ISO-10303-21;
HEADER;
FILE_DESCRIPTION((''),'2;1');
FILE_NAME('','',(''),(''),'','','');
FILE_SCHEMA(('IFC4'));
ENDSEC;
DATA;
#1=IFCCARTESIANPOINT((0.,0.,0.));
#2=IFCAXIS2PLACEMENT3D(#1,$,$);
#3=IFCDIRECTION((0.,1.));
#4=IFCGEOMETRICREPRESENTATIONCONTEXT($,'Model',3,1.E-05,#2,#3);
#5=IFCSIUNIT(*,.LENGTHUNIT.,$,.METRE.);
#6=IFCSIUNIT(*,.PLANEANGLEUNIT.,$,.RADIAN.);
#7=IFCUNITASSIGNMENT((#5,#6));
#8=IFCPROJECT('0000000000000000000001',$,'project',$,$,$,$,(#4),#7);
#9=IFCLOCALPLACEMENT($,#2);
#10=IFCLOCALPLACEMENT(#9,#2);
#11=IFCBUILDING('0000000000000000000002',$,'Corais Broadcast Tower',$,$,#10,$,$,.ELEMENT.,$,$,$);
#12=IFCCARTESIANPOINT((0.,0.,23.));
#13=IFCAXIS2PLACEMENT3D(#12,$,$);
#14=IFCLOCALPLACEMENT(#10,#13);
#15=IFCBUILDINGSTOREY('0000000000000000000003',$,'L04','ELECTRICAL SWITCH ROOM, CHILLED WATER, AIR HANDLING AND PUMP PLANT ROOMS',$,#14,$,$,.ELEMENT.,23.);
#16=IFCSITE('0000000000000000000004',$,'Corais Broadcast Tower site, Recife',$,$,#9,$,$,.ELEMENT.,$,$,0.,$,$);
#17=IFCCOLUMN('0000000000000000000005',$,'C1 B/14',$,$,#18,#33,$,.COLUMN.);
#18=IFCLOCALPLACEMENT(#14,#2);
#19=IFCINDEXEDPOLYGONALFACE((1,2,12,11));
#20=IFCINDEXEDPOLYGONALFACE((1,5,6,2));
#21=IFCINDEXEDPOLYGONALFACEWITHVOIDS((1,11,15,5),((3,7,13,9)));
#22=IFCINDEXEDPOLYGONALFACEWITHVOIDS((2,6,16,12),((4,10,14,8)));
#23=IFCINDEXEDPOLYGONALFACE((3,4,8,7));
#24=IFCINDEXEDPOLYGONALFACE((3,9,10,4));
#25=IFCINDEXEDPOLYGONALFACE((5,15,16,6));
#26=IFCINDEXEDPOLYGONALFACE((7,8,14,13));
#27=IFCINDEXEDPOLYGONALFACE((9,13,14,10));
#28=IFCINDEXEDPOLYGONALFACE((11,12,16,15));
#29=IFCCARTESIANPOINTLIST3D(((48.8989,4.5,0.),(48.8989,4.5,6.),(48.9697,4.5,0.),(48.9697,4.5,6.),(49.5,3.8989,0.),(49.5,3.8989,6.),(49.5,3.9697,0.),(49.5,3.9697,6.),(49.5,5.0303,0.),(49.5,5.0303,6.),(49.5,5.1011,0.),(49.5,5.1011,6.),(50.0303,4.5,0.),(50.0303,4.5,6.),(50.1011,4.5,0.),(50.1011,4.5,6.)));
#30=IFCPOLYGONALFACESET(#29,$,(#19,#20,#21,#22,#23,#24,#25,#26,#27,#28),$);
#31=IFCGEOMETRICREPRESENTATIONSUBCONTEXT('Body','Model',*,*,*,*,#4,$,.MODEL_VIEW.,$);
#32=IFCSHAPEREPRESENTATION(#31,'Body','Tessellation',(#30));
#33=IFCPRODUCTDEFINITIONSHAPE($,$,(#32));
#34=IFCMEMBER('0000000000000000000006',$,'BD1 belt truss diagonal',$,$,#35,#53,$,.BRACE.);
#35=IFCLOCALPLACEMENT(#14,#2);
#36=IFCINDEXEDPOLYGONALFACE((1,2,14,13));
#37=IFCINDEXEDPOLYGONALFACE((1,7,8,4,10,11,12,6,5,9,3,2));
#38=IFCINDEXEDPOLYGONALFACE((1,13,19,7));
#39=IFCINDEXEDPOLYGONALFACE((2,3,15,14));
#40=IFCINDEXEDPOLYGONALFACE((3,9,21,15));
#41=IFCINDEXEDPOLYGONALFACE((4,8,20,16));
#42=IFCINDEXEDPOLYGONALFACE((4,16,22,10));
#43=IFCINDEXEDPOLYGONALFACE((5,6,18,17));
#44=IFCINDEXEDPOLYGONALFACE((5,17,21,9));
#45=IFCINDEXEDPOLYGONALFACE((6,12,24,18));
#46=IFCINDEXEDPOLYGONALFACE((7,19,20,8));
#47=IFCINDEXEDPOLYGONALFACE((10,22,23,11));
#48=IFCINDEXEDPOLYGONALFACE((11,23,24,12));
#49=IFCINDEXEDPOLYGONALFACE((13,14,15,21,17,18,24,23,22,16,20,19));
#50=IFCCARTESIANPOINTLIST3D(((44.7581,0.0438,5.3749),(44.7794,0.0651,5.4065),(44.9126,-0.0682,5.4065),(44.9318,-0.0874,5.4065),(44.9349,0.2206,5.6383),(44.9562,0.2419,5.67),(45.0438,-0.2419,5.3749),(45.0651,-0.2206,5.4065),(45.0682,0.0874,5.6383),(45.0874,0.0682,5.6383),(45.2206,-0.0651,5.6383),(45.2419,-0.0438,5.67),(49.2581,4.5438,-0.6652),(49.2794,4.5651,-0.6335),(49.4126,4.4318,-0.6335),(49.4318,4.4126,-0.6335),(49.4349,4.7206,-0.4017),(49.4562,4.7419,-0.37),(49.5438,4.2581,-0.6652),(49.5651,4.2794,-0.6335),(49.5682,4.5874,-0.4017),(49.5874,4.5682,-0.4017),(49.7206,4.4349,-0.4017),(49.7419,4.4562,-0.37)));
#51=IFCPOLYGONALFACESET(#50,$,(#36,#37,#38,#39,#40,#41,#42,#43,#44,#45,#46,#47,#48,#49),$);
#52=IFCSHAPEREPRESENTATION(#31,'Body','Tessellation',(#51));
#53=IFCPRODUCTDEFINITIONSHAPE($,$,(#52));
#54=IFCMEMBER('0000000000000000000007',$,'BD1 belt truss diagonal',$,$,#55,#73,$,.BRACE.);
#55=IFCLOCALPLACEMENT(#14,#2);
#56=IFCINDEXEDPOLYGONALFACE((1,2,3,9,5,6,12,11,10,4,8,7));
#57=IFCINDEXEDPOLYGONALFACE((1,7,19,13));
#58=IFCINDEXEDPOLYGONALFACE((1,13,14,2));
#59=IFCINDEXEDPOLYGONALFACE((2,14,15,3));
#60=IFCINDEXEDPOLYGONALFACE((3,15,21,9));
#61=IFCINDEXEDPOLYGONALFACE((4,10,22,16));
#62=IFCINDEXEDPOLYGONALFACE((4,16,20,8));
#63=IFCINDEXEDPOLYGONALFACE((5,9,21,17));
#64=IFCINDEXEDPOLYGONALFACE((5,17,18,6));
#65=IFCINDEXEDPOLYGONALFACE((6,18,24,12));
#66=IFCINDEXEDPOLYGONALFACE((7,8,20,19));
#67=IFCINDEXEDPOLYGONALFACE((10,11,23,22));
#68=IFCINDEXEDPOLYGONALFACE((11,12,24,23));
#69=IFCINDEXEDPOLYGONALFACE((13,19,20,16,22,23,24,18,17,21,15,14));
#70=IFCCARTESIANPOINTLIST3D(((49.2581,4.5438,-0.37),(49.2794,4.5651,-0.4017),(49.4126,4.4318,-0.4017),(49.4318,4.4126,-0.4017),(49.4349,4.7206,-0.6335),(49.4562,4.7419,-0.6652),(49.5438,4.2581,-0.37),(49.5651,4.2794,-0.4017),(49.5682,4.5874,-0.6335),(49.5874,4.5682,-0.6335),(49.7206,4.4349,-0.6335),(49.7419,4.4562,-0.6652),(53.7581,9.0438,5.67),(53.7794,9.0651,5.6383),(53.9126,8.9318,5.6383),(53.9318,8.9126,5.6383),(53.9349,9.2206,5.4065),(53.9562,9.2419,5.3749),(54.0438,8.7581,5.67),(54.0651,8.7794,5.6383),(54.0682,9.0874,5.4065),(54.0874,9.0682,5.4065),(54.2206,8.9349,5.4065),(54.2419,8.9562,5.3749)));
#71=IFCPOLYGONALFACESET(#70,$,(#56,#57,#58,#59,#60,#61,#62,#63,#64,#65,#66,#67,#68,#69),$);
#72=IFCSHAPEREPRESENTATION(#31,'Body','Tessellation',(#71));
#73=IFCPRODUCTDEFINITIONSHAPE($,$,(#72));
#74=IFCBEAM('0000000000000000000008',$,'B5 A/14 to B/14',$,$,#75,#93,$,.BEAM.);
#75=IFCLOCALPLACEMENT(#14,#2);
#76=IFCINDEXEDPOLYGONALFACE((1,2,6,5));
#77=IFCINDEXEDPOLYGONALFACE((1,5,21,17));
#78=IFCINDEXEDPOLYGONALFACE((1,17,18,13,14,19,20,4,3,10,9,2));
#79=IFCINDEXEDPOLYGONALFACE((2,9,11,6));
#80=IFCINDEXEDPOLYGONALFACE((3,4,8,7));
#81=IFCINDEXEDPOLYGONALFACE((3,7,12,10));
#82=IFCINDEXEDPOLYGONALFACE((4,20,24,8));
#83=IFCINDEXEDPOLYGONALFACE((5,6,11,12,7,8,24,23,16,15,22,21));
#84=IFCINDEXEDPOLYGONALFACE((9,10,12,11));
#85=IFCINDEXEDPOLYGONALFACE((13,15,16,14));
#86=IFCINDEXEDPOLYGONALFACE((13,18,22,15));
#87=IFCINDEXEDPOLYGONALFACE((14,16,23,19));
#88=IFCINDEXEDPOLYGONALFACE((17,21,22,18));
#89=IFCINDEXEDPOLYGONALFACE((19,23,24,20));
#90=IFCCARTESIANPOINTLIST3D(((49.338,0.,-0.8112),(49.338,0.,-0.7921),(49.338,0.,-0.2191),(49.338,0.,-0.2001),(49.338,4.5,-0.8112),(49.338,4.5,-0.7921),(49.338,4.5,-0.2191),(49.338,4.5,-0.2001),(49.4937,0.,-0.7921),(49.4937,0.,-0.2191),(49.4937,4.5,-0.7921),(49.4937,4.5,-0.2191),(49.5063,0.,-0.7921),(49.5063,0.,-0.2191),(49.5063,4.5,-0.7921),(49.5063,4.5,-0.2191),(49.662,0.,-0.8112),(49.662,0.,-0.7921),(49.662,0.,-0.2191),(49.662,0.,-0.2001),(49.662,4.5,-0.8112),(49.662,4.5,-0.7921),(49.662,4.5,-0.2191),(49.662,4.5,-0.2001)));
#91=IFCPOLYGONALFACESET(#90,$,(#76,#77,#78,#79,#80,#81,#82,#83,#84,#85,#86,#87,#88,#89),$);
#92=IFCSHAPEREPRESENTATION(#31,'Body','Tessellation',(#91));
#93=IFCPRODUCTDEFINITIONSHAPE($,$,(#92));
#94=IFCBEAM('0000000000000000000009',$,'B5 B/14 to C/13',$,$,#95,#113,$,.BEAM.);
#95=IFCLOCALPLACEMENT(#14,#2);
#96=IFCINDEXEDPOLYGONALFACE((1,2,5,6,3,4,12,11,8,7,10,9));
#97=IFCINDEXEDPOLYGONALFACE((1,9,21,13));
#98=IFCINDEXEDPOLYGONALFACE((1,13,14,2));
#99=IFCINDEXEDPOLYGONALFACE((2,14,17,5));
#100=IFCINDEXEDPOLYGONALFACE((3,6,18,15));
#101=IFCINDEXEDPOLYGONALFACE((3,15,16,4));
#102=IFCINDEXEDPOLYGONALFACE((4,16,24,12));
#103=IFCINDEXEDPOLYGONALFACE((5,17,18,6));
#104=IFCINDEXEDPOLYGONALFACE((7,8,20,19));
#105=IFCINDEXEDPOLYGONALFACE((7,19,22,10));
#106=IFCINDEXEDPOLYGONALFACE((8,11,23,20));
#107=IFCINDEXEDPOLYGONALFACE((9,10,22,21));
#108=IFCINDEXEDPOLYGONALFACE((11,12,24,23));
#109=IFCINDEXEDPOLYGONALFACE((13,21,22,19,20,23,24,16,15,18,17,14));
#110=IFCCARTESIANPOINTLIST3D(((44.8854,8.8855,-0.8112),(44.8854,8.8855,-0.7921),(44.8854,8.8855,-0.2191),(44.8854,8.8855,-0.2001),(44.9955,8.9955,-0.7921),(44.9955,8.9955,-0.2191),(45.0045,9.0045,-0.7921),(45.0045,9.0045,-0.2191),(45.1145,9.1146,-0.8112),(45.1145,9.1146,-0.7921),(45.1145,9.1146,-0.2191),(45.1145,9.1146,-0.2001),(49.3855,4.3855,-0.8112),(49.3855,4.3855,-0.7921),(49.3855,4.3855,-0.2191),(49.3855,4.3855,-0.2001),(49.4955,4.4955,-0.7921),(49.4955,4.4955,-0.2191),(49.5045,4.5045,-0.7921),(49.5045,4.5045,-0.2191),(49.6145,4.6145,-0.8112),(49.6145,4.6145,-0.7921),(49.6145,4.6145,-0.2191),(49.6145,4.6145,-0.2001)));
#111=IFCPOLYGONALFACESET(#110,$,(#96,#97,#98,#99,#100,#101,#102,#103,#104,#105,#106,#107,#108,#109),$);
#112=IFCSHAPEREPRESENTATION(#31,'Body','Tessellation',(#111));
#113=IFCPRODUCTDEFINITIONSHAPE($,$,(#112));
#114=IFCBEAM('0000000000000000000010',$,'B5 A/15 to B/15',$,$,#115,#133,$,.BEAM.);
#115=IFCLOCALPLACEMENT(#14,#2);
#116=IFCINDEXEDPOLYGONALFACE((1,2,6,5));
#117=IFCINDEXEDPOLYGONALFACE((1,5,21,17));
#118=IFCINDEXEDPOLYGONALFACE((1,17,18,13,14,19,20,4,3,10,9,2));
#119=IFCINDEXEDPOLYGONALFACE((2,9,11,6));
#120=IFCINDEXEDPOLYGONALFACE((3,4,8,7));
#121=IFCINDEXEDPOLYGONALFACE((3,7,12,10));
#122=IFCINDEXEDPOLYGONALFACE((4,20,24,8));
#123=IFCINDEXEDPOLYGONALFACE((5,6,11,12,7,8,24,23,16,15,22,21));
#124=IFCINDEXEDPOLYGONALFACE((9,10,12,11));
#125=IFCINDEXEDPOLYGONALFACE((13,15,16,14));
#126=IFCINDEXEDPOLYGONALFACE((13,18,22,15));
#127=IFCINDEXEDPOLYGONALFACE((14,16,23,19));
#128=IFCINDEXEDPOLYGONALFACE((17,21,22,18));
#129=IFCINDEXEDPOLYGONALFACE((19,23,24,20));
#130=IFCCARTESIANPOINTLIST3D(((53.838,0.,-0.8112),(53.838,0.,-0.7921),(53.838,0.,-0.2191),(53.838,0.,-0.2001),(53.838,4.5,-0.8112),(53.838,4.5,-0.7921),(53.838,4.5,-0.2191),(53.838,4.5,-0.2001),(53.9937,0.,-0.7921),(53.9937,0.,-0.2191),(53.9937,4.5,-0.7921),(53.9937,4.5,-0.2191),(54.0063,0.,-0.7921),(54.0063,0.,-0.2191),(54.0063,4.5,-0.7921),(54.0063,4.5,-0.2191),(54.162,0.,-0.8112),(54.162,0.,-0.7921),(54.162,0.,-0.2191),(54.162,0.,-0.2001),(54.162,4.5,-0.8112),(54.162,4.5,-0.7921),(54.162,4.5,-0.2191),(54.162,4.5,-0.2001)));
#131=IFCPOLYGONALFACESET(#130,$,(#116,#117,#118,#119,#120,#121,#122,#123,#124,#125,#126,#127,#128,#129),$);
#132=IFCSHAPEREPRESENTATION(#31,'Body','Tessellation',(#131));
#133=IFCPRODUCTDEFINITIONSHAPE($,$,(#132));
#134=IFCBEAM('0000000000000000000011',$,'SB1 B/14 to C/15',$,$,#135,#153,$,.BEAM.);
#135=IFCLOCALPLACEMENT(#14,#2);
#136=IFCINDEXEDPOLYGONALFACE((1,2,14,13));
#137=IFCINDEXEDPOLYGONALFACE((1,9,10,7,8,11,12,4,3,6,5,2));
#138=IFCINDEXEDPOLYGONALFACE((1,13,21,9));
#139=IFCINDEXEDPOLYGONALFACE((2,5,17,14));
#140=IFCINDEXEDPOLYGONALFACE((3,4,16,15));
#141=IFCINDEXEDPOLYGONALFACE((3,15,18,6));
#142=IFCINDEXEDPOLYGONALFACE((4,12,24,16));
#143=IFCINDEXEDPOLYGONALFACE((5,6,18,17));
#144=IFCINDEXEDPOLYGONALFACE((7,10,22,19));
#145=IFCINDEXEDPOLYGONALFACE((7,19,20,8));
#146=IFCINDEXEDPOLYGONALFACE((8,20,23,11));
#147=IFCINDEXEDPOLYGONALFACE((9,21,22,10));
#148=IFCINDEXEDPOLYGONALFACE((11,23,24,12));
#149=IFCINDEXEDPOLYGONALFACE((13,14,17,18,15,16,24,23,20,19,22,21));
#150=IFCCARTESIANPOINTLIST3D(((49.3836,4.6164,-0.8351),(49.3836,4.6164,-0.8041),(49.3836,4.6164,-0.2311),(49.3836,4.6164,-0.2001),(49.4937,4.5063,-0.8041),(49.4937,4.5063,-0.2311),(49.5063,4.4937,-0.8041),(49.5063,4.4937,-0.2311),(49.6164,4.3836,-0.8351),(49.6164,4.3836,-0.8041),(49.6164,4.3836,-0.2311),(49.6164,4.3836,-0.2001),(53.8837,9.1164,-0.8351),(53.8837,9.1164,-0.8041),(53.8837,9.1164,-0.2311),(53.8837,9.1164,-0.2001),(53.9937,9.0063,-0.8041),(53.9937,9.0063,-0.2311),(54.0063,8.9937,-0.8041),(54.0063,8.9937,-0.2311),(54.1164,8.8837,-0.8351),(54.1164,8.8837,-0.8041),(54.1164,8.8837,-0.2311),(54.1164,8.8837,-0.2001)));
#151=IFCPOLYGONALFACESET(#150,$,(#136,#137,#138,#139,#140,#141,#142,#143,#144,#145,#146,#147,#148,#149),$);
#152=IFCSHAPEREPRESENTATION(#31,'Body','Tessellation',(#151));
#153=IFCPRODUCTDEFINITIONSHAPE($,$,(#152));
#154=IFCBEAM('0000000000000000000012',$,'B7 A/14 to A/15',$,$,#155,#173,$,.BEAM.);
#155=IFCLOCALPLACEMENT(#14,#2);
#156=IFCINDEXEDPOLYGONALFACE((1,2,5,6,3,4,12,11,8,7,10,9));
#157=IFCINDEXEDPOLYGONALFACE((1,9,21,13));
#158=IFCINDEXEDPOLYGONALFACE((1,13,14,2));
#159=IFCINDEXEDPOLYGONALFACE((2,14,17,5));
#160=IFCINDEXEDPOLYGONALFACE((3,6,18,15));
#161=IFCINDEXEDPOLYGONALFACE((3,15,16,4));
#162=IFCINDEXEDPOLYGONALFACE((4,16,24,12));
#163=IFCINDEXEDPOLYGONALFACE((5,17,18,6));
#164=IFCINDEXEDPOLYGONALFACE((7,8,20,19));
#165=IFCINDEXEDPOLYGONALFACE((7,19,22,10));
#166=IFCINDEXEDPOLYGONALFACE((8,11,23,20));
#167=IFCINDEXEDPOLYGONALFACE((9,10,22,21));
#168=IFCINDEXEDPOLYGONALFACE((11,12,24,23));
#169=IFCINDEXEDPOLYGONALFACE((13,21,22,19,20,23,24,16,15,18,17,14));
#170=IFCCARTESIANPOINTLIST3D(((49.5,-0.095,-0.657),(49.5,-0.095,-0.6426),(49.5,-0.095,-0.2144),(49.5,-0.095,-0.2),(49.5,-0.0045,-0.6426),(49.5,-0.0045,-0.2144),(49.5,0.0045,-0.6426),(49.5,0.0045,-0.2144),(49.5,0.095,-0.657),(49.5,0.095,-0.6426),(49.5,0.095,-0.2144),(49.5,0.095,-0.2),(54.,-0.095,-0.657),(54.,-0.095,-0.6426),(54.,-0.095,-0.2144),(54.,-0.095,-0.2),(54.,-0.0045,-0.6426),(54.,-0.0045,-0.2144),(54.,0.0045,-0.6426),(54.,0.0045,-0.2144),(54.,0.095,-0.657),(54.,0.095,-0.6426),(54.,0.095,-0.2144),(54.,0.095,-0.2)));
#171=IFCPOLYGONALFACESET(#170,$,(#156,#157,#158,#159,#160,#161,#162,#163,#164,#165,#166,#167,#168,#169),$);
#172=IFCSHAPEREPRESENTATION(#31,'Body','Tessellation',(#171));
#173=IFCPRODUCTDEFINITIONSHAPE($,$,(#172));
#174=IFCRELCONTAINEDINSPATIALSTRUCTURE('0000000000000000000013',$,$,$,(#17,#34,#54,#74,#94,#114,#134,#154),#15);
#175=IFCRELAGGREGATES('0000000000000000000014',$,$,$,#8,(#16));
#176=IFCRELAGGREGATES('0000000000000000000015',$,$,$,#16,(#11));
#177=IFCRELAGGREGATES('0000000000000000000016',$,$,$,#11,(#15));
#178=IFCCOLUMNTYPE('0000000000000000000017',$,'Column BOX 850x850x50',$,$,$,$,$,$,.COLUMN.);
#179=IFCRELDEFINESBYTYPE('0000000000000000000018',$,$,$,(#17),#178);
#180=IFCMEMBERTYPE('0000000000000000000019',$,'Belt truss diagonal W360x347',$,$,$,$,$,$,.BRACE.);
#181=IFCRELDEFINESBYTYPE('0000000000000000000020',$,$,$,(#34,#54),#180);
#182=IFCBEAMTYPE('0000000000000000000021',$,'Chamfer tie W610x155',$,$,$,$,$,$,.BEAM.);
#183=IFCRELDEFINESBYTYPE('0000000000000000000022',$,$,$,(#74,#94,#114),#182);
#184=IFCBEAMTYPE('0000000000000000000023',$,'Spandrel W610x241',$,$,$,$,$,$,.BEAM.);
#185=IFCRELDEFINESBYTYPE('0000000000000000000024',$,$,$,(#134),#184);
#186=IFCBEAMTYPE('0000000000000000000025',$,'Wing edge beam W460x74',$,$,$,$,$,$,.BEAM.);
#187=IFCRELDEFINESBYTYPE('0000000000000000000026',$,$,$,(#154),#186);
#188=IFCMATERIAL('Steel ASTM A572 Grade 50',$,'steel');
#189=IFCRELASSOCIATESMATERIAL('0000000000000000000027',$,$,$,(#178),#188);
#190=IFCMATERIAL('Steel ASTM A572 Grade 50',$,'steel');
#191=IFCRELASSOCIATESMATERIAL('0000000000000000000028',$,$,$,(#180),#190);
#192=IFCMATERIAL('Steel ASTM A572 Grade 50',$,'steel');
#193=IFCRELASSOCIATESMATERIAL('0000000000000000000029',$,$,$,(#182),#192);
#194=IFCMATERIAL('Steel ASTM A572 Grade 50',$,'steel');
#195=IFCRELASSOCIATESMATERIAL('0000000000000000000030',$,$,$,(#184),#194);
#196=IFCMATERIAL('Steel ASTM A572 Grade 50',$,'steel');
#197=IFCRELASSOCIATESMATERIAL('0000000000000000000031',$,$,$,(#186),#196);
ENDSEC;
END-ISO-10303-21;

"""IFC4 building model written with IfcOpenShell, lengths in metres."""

from ifc_helpers import new_model, si_unit, direction, frame, origin, origin_2d, place, context, subcontext, project, spatial, hollow_rectangle, i_section, extrude, material, material_profile, profile_set, type_object, element, save


model = new_model("IFC4")

# Units and contexts
model_context = context("Model", 3, precision=1e-05, world=origin(), true_north=direction((0.0, 1.0)))
body_context = subcontext(model_context, "Body", "Model", "MODEL_VIEW")
ifc_project = project(units=[si_unit("LENGTHUNIT", "METRE"), si_unit("PLANEANGLEUNIT", "RADIAN")], contexts=[model_context])

# Site, building, storey
site_placement = place(None, origin())
site = spatial("IfcSite", under=ifc_project, at=site_placement, Name="Corais Broadcast Tower site, Recife", CompositionType="ELEMENT", RefElevation=0.0)
building_placement = place(site_placement, origin())
building = spatial("IfcBuilding", under=site, at=building_placement, Name="Corais Broadcast Tower", CompositionType="ELEMENT")
storey_placement = place(building_placement, frame((0.0, 0.0, 23.0)))
storey = spatial("IfcBuildingStorey", under=building, at=storey_placement, Name="L04", Description="ELECTRICAL SWITCH ROOM, CHILLED WATER, AIR HANDLING AND PUMP PLANT ROOMS", CompositionType="ELEMENT", Elevation=23.0)

# Column
ifc_material_1 = material(Name="Steel ASTM A572 Grade 50", Category="steel")
ifc_material_profile_1 = material_profile(ifc_material_1, hollow_rectangle(XDim=0.8501, YDim=0.8501, WallThickness=0.05, at=origin_2d()), Name="BOX 850x850x50")
ifc_profile_set_1 = profile_set([ifc_material_profile_1], Name="Steel ASTM A572 Grade 50")
column_type = type_object("IfcColumnType", Name="Column BOX 850x850x50", PredefinedType="COLUMN", material=ifc_profile_set_1)
column_placement = place(storey_placement, frame((49.5, 4.5, 0.0), z_axis=(0.0, 0.0, 1.0), x_axis=(0.707107, 0.707107, 0.0)))
element("IfcColumn", 1, at=column_placement, inside=storey, type_object=column_type, Name="C1 B/14", PredefinedType="COLUMN", context=body_context, shape_type="SweptSolid", body=[
    extrude(hollow_rectangle(XDim=0.8501, YDim=0.8501, WallThickness=0.05, at=origin_2d()), origin(), (0.0, 0.0, 1.0), 6.0),
])

# Members
ifc_material_2 = material(Name="Steel ASTM A572 Grade 50", Category="steel")
ifc_material_profile_2 = material_profile(ifc_material_2, i_section(OverallWidth=0.4041, OverallDepth=0.407, WebThickness=0.0271, FlangeThickness=0.0437, at=origin_2d()), Name="W360x347")
ifc_profile_set_2 = profile_set([ifc_material_profile_2], Name="Steel ASTM A572 Grade 50")
member_type = type_object("IfcMemberType", Name="Belt truss diagonal W360x347", PredefinedType="BRACE", material=ifc_profile_set_2)
for number, where, z_axis, x_axis, name in (
    (2, (49.5, 4.5, -0.5176), (-0.512882, -0.512882, 0.688406), (0.707107, -0.707107, 0.0), "BD1 belt truss diagonal"),
    (3, (49.5, 4.5, -0.5176), (0.512882, 0.512882, 0.688406), (-0.707107, 0.707107, 0.0), "BD1 belt truss diagonal"),
):
    element("IfcMember", number, at=place(storey_placement, frame(where, z_axis=z_axis, x_axis=x_axis)), inside=storey, type_object=member_type, Name=name, PredefinedType="BRACE", context=body_context, shape_type="SweptSolid", body=[
        extrude(i_section(OverallWidth=0.4041, OverallDepth=0.407, WebThickness=0.0271, FlangeThickness=0.0437, at=origin_2d()), origin(), (0.0, 0.0, 1.0), 8.7739),
    ])

# Beams
ifc_material_3 = material(Name="Steel ASTM A572 Grade 50", Category="steel")
ifc_material_profile_3 = material_profile(ifc_material_3, i_section(OverallWidth=0.324, OverallDepth=0.6111, WebThickness=0.0127, FlangeThickness=0.019, at=origin_2d()), Name="W610x155")
ifc_profile_set_3 = profile_set([ifc_material_profile_3], Name="Steel ASTM A572 Grade 50")
beam_type_1 = type_object("IfcBeamType", Name="Chamfer tie W610x155", PredefinedType="BEAM", material=ifc_profile_set_3)
beam_1_placement = place(storey_placement, frame((49.5, 0.0, -0.5056), z_axis=(0.0, 1.0, 0.0), x_axis=(-1.0, 0.0, 0.0)))
element("IfcBeam", 4, at=beam_1_placement, inside=storey, type_object=beam_type_1, Name="B5 A/14 to B/14", PredefinedType="BEAM", context=body_context, shape_type="SweptSolid", body=[
    extrude(i_section(OverallWidth=0.324, OverallDepth=0.6111, WebThickness=0.0127, FlangeThickness=0.019, at=origin_2d()), origin(), (0.0, 0.0, 1.0), 4.5),
])
beam_2_placement = place(storey_placement, frame((49.5, 4.5, -0.5056), z_axis=(-0.707107, 0.707107, 0.0), x_axis=(-0.707107, -0.707107, 0.0)))
element("IfcBeam", 5, at=beam_2_placement, inside=storey, type_object=beam_type_1, Name="B5 B/14 to C/13", PredefinedType="BEAM", context=body_context, shape_type="SweptSolid", body=[
    extrude(i_section(OverallWidth=0.324, OverallDepth=0.6111, WebThickness=0.0127, FlangeThickness=0.019, at=origin_2d()), origin(), (0.0, 0.0, 1.0), 6.364),
])
beam_3_placement = place(storey_placement, frame((54.0, 0.0, -0.5056), z_axis=(0.0, 1.0, 0.0), x_axis=(-1.0, 0.0, 0.0)))
element("IfcBeam", 6, at=beam_3_placement, inside=storey, type_object=beam_type_1, Name="B5 A/15 to B/15", PredefinedType="BEAM", context=body_context, shape_type="SweptSolid", body=[
    extrude(i_section(OverallWidth=0.324, OverallDepth=0.6111, WebThickness=0.0127, FlangeThickness=0.019, at=origin_2d()), origin(), (0.0, 0.0, 1.0), 4.5),
])
ifc_material_4 = material(Name="Steel ASTM A572 Grade 50", Category="steel")
ifc_material_profile_4 = material_profile(ifc_material_4, i_section(OverallWidth=0.3291, OverallDepth=0.635, WebThickness=0.0178, FlangeThickness=0.031, at=origin_2d()), Name="W610x241")
ifc_profile_set_4 = profile_set([ifc_material_profile_4], Name="Steel ASTM A572 Grade 50")
beam_type_2 = type_object("IfcBeamType", Name="Spandrel W610x241", PredefinedType="BEAM", material=ifc_profile_set_4)
beam_4_placement = place(storey_placement, frame((49.5, 4.5, -0.5176), z_axis=(0.707107, 0.707107, 0.0), x_axis=(-0.707107, 0.707107, 0.0)))
element("IfcBeam", 7, at=beam_4_placement, inside=storey, type_object=beam_type_2, Name="SB1 B/14 to C/15", PredefinedType="BEAM", context=body_context, shape_type="SweptSolid", body=[
    extrude(i_section(OverallWidth=0.3291, OverallDepth=0.635, WebThickness=0.0178, FlangeThickness=0.031, at=origin_2d()), origin(), (0.0, 0.0, 1.0), 6.364),
])
ifc_material_5 = material(Name="Steel ASTM A572 Grade 50", Category="steel")
ifc_material_profile_5 = material_profile(ifc_material_5, i_section(OverallWidth=0.1899, OverallDepth=0.457, WebThickness=0.009, FlangeThickness=0.0144, at=origin_2d()), Name="W460x74")
ifc_profile_set_5 = profile_set([ifc_material_profile_5], Name="Steel ASTM A572 Grade 50")
beam_type_3 = type_object("IfcBeamType", Name="Wing edge beam W460x74", PredefinedType="BEAM", material=ifc_profile_set_5)
beam_5_placement = place(storey_placement, frame((49.5, 0.0, -0.4285), z_axis=(1.0, 0.0, 0.0), x_axis=(0.0, 1.0, 0.0)))
element("IfcBeam", 8, at=beam_5_placement, inside=storey, type_object=beam_type_3, Name="B7 A/14 to A/15", PredefinedType="BEAM", context=body_context, shape_type="SweptSolid", body=[
    extrude(i_section(OverallWidth=0.1899, OverallDepth=0.457, WebThickness=0.009, FlangeThickness=0.0144, at=origin_2d()), origin(), (0.0, 0.0, 1.0), 4.5),
])

save(model, "model.ifc")
